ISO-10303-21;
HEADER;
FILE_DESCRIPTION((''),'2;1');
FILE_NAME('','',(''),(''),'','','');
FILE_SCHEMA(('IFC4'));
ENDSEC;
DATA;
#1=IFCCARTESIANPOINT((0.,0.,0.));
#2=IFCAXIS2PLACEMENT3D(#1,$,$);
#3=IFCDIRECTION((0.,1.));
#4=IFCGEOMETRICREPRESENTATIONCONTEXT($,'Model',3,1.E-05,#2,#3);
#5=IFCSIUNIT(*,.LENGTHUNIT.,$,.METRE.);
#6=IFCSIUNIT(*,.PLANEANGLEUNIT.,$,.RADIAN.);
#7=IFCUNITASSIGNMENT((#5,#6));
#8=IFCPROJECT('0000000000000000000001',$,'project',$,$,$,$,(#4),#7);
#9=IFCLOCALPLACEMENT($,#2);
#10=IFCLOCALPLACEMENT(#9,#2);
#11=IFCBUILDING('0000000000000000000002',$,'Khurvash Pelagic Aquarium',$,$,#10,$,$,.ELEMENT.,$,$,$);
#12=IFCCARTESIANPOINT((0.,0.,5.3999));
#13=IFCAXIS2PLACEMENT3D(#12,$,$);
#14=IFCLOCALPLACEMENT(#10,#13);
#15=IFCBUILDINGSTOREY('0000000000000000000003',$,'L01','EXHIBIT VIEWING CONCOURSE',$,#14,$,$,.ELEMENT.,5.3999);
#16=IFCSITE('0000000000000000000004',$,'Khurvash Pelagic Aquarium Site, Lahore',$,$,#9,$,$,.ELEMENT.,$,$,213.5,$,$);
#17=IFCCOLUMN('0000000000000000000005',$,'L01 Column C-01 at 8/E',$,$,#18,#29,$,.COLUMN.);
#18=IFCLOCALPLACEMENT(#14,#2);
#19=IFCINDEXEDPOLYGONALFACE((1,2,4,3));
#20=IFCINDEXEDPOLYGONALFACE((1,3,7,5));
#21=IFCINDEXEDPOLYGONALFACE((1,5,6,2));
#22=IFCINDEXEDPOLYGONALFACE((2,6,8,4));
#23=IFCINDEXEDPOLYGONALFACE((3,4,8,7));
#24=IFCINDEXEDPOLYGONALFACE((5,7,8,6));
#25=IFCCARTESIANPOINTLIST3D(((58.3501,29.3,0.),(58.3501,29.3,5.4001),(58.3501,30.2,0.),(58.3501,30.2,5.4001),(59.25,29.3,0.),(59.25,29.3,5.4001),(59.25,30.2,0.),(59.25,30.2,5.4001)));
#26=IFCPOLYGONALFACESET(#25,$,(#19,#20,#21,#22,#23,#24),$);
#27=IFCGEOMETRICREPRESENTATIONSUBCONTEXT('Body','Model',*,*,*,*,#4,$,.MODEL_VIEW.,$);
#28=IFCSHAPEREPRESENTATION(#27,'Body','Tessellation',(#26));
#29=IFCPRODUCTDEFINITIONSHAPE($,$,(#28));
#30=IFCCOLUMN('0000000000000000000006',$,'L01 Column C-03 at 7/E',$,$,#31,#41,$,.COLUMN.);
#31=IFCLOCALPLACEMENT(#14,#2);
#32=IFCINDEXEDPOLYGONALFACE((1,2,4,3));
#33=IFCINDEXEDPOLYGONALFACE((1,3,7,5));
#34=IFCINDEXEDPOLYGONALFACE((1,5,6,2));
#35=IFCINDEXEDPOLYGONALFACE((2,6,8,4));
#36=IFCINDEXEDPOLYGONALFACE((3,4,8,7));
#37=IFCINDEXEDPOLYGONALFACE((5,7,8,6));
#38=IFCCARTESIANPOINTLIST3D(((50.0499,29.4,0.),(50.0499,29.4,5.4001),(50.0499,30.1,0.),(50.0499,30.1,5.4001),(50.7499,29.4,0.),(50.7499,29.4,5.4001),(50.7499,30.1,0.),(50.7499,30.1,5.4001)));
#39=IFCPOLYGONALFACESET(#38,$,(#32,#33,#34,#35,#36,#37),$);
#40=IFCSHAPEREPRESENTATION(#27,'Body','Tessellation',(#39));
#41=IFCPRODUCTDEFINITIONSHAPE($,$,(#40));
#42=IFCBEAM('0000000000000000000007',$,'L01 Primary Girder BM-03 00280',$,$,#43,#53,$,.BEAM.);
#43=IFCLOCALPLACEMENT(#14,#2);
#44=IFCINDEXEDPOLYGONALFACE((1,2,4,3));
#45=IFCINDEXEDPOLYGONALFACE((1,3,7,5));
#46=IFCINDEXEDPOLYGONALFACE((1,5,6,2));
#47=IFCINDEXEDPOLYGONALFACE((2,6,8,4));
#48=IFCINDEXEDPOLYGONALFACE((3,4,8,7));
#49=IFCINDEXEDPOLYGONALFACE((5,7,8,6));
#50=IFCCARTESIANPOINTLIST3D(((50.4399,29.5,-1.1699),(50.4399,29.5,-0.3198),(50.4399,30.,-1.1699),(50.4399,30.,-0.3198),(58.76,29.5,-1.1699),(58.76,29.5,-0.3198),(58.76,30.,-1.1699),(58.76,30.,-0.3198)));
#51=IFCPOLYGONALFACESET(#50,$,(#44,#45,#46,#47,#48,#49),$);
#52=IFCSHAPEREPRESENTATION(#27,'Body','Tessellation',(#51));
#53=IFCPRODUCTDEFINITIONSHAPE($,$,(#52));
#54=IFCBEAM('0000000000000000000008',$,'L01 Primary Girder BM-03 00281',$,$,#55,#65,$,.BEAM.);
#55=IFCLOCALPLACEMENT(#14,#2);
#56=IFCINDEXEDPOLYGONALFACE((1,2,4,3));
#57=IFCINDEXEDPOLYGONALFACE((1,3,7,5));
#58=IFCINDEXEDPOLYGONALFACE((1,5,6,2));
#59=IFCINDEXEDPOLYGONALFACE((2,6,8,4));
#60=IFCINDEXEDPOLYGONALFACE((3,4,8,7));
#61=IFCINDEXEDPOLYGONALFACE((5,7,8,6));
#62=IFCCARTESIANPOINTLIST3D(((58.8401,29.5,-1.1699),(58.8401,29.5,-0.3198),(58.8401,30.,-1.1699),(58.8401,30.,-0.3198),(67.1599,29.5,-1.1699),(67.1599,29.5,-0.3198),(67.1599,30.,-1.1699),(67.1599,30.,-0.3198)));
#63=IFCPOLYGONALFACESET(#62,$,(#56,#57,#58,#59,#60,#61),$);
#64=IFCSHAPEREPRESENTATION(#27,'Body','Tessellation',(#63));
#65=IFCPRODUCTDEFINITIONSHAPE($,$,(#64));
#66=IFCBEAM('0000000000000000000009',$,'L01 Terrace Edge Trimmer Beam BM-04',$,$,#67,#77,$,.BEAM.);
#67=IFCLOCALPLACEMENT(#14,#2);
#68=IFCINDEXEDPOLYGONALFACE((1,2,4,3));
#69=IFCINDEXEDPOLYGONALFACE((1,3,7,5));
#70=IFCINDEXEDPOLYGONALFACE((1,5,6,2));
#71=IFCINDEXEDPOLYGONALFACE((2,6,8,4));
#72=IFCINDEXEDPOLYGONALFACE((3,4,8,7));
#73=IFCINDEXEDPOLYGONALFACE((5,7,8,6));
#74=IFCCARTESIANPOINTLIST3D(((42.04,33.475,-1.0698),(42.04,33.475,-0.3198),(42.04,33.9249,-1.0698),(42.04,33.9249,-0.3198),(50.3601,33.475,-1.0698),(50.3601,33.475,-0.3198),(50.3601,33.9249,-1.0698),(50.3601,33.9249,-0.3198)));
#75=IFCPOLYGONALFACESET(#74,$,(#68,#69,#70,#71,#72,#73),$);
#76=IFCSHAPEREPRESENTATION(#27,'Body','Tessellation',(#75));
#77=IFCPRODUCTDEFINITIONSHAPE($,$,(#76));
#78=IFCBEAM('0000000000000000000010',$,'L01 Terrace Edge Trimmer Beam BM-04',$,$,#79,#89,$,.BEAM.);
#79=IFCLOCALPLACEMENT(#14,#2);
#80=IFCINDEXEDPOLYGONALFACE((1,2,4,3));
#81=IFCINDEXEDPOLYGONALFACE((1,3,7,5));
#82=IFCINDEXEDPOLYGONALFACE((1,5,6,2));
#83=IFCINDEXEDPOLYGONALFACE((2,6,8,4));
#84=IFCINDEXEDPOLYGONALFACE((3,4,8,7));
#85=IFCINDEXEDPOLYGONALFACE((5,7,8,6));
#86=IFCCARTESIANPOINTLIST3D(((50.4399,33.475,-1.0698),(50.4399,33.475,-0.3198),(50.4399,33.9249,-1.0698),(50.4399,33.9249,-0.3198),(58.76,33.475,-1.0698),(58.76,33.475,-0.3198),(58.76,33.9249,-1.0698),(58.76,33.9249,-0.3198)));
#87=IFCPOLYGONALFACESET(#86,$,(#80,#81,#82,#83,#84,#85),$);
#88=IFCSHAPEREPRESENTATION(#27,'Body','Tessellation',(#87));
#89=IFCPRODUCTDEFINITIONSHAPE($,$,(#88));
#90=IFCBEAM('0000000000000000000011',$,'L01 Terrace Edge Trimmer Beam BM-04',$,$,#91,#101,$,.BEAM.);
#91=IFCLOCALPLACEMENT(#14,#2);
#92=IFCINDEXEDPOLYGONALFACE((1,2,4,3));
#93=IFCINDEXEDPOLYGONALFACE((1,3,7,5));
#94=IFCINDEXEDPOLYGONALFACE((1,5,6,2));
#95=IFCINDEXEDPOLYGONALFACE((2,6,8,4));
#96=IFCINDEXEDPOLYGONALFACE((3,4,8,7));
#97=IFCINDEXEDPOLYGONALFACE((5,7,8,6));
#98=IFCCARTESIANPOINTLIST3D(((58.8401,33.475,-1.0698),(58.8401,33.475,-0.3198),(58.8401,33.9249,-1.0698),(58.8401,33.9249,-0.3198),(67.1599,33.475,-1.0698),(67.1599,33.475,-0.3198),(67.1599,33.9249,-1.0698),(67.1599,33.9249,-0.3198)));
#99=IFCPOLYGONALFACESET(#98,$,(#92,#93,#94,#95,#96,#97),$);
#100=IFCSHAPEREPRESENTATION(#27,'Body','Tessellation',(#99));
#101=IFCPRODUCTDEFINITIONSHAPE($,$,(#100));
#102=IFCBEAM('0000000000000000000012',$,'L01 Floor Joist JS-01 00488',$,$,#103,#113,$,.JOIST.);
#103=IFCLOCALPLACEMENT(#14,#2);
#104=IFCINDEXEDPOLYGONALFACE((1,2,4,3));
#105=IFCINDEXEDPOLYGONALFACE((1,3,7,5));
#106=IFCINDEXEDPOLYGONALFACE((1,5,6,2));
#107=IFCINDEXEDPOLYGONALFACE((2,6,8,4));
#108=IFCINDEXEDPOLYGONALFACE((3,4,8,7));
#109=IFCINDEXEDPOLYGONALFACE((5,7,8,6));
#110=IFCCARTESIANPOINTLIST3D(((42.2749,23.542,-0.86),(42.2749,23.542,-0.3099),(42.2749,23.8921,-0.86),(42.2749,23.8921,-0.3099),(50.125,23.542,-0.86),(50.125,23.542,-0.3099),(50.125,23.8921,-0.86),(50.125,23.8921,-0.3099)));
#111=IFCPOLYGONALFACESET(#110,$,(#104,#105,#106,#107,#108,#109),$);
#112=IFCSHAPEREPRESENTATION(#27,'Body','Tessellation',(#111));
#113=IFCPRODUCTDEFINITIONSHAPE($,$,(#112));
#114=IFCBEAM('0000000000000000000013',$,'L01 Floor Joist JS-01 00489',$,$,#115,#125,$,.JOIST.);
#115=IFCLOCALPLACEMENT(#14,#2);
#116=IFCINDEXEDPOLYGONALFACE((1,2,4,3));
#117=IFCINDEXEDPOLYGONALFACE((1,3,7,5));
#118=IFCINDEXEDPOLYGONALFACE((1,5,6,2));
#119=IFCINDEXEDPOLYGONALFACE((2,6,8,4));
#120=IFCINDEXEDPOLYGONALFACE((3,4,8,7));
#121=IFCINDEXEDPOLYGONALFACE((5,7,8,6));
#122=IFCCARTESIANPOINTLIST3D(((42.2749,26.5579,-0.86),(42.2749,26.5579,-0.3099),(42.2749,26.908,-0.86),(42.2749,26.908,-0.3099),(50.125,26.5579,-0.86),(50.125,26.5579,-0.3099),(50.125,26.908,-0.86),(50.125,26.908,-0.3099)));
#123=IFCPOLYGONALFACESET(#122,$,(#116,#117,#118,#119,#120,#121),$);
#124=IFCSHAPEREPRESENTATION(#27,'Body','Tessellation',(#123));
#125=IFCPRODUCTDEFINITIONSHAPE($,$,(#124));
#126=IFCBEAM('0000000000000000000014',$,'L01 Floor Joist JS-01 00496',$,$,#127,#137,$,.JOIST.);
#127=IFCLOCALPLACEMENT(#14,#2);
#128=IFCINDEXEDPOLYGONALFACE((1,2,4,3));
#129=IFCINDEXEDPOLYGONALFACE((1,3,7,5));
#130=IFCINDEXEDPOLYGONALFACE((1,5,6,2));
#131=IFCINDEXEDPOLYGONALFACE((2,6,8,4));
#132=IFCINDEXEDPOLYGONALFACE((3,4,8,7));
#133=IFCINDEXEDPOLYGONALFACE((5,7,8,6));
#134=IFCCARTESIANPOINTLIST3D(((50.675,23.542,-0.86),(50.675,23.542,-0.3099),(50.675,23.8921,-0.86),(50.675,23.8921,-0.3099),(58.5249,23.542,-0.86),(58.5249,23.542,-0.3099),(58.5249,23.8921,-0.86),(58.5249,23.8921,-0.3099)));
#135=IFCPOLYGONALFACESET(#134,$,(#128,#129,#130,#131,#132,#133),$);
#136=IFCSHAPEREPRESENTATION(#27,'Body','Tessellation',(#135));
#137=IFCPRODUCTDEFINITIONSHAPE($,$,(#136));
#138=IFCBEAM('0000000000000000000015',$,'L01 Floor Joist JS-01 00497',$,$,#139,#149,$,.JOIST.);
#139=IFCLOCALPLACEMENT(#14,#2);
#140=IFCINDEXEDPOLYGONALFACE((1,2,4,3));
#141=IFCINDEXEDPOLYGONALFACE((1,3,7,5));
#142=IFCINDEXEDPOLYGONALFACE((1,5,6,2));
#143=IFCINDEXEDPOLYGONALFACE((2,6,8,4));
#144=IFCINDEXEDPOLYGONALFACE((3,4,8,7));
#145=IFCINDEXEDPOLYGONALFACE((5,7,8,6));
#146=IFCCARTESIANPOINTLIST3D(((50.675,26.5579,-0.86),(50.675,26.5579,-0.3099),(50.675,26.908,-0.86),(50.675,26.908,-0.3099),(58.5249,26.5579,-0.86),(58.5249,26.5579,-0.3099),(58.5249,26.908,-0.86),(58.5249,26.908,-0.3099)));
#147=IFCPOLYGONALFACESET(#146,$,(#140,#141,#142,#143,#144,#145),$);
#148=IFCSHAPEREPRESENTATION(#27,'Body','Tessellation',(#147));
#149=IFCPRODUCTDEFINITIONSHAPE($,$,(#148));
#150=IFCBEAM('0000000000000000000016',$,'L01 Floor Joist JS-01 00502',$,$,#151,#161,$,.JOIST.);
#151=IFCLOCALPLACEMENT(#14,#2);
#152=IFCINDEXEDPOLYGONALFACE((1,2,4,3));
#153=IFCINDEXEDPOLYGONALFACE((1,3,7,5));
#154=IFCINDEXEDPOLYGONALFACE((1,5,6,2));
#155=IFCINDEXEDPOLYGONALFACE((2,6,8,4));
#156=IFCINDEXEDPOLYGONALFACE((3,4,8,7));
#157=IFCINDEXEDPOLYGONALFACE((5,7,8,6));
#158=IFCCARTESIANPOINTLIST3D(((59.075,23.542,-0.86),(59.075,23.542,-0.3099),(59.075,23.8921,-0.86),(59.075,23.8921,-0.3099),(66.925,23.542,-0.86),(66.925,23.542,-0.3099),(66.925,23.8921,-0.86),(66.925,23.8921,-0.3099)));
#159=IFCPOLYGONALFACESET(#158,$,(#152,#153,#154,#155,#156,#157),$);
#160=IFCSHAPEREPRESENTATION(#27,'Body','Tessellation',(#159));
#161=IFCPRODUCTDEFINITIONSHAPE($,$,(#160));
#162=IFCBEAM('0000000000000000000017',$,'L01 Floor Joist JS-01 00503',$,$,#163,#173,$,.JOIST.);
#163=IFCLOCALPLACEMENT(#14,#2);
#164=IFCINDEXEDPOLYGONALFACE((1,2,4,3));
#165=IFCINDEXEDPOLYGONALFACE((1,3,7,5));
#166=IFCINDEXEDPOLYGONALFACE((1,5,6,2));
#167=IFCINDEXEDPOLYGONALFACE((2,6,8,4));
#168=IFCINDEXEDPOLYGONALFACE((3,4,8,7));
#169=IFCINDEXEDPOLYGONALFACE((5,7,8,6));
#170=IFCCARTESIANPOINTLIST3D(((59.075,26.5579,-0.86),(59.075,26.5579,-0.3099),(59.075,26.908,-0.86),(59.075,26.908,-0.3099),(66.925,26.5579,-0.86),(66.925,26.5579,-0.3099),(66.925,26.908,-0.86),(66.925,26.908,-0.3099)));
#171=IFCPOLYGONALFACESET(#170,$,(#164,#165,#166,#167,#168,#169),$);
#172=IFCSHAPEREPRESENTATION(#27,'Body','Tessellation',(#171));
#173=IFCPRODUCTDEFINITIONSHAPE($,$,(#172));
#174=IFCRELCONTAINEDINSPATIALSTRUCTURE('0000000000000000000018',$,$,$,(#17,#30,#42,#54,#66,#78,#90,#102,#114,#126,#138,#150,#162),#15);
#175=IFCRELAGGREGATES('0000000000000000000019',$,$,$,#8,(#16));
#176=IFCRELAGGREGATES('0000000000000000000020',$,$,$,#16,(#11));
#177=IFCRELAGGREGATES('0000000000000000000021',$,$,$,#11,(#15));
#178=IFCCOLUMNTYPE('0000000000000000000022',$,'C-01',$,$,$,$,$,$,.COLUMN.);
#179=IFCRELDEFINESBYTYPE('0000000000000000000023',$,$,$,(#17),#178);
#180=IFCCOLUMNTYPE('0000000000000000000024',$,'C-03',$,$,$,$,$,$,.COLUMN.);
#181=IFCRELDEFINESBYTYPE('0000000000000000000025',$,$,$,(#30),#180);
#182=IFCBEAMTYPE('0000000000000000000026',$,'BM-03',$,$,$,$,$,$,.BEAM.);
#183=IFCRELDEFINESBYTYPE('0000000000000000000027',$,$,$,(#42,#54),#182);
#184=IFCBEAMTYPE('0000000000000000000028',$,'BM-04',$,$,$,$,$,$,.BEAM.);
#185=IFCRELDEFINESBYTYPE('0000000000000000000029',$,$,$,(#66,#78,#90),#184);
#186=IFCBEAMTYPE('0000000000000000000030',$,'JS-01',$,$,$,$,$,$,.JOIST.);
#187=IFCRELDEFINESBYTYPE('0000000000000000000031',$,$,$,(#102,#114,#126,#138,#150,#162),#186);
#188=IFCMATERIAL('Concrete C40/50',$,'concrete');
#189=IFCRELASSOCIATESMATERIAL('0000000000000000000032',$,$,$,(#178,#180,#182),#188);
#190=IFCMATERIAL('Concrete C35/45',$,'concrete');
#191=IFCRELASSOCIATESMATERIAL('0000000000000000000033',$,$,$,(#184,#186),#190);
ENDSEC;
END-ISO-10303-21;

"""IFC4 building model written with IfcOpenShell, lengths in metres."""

from ifc_helpers import new_model, si_unit, direction, frame, origin, origin_2d, place, context, subcontext, project, spatial, rectangle, extrude, material, material_profile, profile_set, type_object, element, save


model = new_model("IFC4")

# Units and contexts
model_context = context("Model", 3, precision=1e-05, world=origin(), true_north=direction((0.0, 1.0)))
body_context = subcontext(model_context, "Body", "Model", "MODEL_VIEW")
ifc_project = project(units=[si_unit("LENGTHUNIT", "METRE"), si_unit("PLANEANGLEUNIT", "RADIAN")], contexts=[model_context])

# Site, building, storey
site_placement = place(None, origin())
site = spatial("IfcSite", under=ifc_project, at=site_placement, Name="Khurvash Pelagic Aquarium Site, Lahore", CompositionType="ELEMENT", RefElevation=213.5)
building_placement = place(site_placement, origin())
building = spatial("IfcBuilding", under=site, at=building_placement, Name="Khurvash Pelagic Aquarium", CompositionType="ELEMENT")
storey_placement = place(building_placement, frame((0.0, 0.0, 5.3999)))
storey = spatial("IfcBuildingStorey", under=building, at=storey_placement, Name="L01", Description="EXHIBIT VIEWING CONCOURSE", CompositionType="ELEMENT", Elevation=5.3999)

# Columns
ifc_material_1 = material(Name="Concrete C40/50", Category="concrete")
ifc_material_profile_1 = material_profile(ifc_material_1, rectangle(XDim=0.8999, YDim=0.8999, at=origin_2d()), Name="RC900X900")
ifc_profile_set_1 = profile_set([ifc_material_profile_1], Name="Concrete C40/50")
column_type_1 = type_object("IfcColumnType", Name="C-01", PredefinedType="COLUMN", material=ifc_profile_set_1)
column_1_placement = place(storey_placement, frame((58.8, 29.75, 0.0), z_axis=(0.0, 0.0, 1.0), x_axis=(1.0, 0.0, 0.0)))
element("IfcColumn", 1, at=column_1_placement, inside=storey, type_object=column_type_1, Name="L01 Column C-01 at 8/E", PredefinedType="COLUMN", context=body_context, shape_type="SweptSolid", body=[
    extrude(rectangle(XDim=0.8999, YDim=0.8999, at=origin_2d()), origin(), (0.0, 0.0, 1.0), 5.4001),
])
ifc_material_profile_2 = material_profile(ifc_material_1, rectangle(XDim=0.7, YDim=0.7, at=origin_2d()), Name="RC700X700")
ifc_profile_set_2 = profile_set([ifc_material_profile_2], Name="Concrete C40/50")
column_type_2 = type_object("IfcColumnType", Name="C-03", PredefinedType="COLUMN", material=ifc_profile_set_2)
column_2_placement = place(storey_placement, frame((50.3999, 29.75, 0.0), z_axis=(0.0, 0.0, 1.0), x_axis=(1.0, 0.0, 0.0)))
element("IfcColumn", 2, at=column_2_placement, inside=storey, type_object=column_type_2, Name="L01 Column C-03 at 7/E", PredefinedType="COLUMN", context=body_context, shape_type="SweptSolid", body=[
    extrude(rectangle(XDim=0.7, YDim=0.7, at=origin_2d()), origin(), (0.0, 0.0, 1.0), 5.4001),
])

# Beams
ifc_material_profile_3 = material_profile(ifc_material_1, rectangle(XDim=0.5, YDim=0.8501, at=origin_2d()), Name="RC500X850")
ifc_profile_set_3 = profile_set([ifc_material_profile_3], Name="Concrete C40/50")
beam_type_1 = type_object("IfcBeamType", Name="BM-03", PredefinedType="BEAM", material=ifc_profile_set_3)
beam_1_placement = place(storey_placement, frame((50.4399, 29.75, -0.7449), z_axis=(1.0, 0.0, 0.0), x_axis=(0.0, 1.0, 0.0)))
element("IfcBeam", 3, at=beam_1_placement, inside=storey, type_object=beam_type_1, Name="L01 Primary Girder BM-03 00280", PredefinedType="BEAM", context=body_context, shape_type="SweptSolid", body=[
    extrude(rectangle(XDim=0.5, YDim=0.8501, at=origin_2d()), origin(), (0.0, 0.0, 1.0), 8.3201),
])
beam_2_placement = place(storey_placement, frame((58.8401, 29.75, -0.7449), z_axis=(1.0, 0.0, 0.0), x_axis=(0.0, 1.0, 0.0)))
element("IfcBeam", 4, at=beam_2_placement, inside=storey, type_object=beam_type_1, Name="L01 Primary Girder BM-03 00281", PredefinedType="BEAM", context=body_context, shape_type="SweptSolid", body=[
    extrude(rectangle(XDim=0.5, YDim=0.8501, at=origin_2d()), origin(), (0.0, 0.0, 1.0), 8.3198),
])
ifc_material_2 = material(Name="Concrete C35/45", Category="concrete")
ifc_material_profile_4 = material_profile(ifc_material_2, rectangle(XDim=0.45, YDim=0.75, at=origin_2d()), Name="RC450X750")
ifc_profile_set_4 = profile_set([ifc_material_profile_4], Name="Concrete C35/45")
beam_type_2 = type_object("IfcBeamType", Name="BM-04", PredefinedType="BEAM", material=ifc_profile_set_4)
for number, where, z_axis, x_axis, name in (
    (5, (42.04, 33.7, -0.6948), (1.0, 0.0, 0.0), (0.0, 1.0, 0.0), "L01 Terrace Edge Trimmer Beam BM-04"),
    (6, (50.4399, 33.7, -0.6948), (1.0, 0.0, 0.0), (0.0, 1.0, 0.0), "L01 Terrace Edge Trimmer Beam BM-04"),
):
    element("IfcBeam", number, at=place(storey_placement, frame(where, z_axis=z_axis, x_axis=x_axis)), inside=storey, type_object=beam_type_2, Name=name, PredefinedType="BEAM", context=body_context, shape_type="SweptSolid", body=[
        extrude(rectangle(XDim=0.45, YDim=0.75, at=origin_2d()), origin(), (0.0, 0.0, 1.0), 8.3201),
    ])
beam_3_placement = place(storey_placement, frame((58.8401, 33.7, -0.6948), z_axis=(1.0, 0.0, 0.0), x_axis=(0.0, 1.0, 0.0)))
element("IfcBeam", 7, at=beam_3_placement, inside=storey, type_object=beam_type_2, Name="L01 Terrace Edge Trimmer Beam BM-04", PredefinedType="BEAM", context=body_context, shape_type="SweptSolid", body=[
    extrude(rectangle(XDim=0.45, YDim=0.75, at=origin_2d()), origin(), (0.0, 0.0, 1.0), 8.3198),
])
ifc_material_profile_5 = material_profile(ifc_material_2, rectangle(XDim=0.3501, YDim=0.55, at=origin_2d()), Name="RC350X550")
ifc_profile_set_5 = profile_set([ifc_material_profile_5], Name="Concrete C35/45")
beam_type_3 = type_object("IfcBeamType", Name="JS-01", PredefinedType="JOIST", material=ifc_profile_set_5)
for number, where, z_axis, x_axis, name in (
    (8, (42.2749, 23.717, -0.585), (1.0, 0.0, 0.0), (0.0, 1.0, 0.0), "L01 Floor Joist JS-01 00488"),
    (9, (42.2749, 26.7329, -0.585), (1.0, 0.0, 0.0), (0.0, 1.0, 0.0), "L01 Floor Joist JS-01 00489"),
):
    element("IfcBeam", number, at=place(storey_placement, frame(where, z_axis=z_axis, x_axis=x_axis)), inside=storey, type_object=beam_type_3, Name=name, PredefinedType="JOIST", context=body_context, shape_type="SweptSolid", body=[
        extrude(rectangle(XDim=0.3501, YDim=0.55, at=origin_2d()), origin(), (0.0, 0.0, 1.0), 7.8501),
    ])
for number, where, z_axis, x_axis, name in (
    (10, (50.675, 23.717, -0.585), (1.0, 0.0, 0.0), (0.0, 1.0, 0.0), "L01 Floor Joist JS-01 00496"),
    (11, (50.675, 26.7329, -0.585), (1.0, 0.0, 0.0), (0.0, 1.0, 0.0), "L01 Floor Joist JS-01 00497"),
):
    element("IfcBeam", number, at=place(storey_placement, frame(where, z_axis=z_axis, x_axis=x_axis)), inside=storey, type_object=beam_type_3, Name=name, PredefinedType="JOIST", context=body_context, shape_type="SweptSolid", body=[
        extrude(rectangle(XDim=0.3501, YDim=0.55, at=origin_2d()), origin(), (0.0, 0.0, 1.0), 7.8499),
    ])
for number, where, z_axis, x_axis, name in (
    (12, (59.075, 23.717, -0.585), (1.0, 0.0, 0.0), (0.0, 1.0, 0.0), "L01 Floor Joist JS-01 00502"),
    (13, (59.075, 26.7329, -0.585), (1.0, 0.0, 0.0), (0.0, 1.0, 0.0), "L01 Floor Joist JS-01 00503"),
):
    element("IfcBeam", number, at=place(storey_placement, frame(where, z_axis=z_axis, x_axis=x_axis)), inside=storey, type_object=beam_type_3, Name=name, PredefinedType="JOIST", context=body_context, shape_type="SweptSolid", body=[
        extrude(rectangle(XDim=0.3501, YDim=0.55, at=origin_2d()), origin(), (0.0, 0.0, 1.0), 7.8501),
    ])

save(model, "model.ifc")
